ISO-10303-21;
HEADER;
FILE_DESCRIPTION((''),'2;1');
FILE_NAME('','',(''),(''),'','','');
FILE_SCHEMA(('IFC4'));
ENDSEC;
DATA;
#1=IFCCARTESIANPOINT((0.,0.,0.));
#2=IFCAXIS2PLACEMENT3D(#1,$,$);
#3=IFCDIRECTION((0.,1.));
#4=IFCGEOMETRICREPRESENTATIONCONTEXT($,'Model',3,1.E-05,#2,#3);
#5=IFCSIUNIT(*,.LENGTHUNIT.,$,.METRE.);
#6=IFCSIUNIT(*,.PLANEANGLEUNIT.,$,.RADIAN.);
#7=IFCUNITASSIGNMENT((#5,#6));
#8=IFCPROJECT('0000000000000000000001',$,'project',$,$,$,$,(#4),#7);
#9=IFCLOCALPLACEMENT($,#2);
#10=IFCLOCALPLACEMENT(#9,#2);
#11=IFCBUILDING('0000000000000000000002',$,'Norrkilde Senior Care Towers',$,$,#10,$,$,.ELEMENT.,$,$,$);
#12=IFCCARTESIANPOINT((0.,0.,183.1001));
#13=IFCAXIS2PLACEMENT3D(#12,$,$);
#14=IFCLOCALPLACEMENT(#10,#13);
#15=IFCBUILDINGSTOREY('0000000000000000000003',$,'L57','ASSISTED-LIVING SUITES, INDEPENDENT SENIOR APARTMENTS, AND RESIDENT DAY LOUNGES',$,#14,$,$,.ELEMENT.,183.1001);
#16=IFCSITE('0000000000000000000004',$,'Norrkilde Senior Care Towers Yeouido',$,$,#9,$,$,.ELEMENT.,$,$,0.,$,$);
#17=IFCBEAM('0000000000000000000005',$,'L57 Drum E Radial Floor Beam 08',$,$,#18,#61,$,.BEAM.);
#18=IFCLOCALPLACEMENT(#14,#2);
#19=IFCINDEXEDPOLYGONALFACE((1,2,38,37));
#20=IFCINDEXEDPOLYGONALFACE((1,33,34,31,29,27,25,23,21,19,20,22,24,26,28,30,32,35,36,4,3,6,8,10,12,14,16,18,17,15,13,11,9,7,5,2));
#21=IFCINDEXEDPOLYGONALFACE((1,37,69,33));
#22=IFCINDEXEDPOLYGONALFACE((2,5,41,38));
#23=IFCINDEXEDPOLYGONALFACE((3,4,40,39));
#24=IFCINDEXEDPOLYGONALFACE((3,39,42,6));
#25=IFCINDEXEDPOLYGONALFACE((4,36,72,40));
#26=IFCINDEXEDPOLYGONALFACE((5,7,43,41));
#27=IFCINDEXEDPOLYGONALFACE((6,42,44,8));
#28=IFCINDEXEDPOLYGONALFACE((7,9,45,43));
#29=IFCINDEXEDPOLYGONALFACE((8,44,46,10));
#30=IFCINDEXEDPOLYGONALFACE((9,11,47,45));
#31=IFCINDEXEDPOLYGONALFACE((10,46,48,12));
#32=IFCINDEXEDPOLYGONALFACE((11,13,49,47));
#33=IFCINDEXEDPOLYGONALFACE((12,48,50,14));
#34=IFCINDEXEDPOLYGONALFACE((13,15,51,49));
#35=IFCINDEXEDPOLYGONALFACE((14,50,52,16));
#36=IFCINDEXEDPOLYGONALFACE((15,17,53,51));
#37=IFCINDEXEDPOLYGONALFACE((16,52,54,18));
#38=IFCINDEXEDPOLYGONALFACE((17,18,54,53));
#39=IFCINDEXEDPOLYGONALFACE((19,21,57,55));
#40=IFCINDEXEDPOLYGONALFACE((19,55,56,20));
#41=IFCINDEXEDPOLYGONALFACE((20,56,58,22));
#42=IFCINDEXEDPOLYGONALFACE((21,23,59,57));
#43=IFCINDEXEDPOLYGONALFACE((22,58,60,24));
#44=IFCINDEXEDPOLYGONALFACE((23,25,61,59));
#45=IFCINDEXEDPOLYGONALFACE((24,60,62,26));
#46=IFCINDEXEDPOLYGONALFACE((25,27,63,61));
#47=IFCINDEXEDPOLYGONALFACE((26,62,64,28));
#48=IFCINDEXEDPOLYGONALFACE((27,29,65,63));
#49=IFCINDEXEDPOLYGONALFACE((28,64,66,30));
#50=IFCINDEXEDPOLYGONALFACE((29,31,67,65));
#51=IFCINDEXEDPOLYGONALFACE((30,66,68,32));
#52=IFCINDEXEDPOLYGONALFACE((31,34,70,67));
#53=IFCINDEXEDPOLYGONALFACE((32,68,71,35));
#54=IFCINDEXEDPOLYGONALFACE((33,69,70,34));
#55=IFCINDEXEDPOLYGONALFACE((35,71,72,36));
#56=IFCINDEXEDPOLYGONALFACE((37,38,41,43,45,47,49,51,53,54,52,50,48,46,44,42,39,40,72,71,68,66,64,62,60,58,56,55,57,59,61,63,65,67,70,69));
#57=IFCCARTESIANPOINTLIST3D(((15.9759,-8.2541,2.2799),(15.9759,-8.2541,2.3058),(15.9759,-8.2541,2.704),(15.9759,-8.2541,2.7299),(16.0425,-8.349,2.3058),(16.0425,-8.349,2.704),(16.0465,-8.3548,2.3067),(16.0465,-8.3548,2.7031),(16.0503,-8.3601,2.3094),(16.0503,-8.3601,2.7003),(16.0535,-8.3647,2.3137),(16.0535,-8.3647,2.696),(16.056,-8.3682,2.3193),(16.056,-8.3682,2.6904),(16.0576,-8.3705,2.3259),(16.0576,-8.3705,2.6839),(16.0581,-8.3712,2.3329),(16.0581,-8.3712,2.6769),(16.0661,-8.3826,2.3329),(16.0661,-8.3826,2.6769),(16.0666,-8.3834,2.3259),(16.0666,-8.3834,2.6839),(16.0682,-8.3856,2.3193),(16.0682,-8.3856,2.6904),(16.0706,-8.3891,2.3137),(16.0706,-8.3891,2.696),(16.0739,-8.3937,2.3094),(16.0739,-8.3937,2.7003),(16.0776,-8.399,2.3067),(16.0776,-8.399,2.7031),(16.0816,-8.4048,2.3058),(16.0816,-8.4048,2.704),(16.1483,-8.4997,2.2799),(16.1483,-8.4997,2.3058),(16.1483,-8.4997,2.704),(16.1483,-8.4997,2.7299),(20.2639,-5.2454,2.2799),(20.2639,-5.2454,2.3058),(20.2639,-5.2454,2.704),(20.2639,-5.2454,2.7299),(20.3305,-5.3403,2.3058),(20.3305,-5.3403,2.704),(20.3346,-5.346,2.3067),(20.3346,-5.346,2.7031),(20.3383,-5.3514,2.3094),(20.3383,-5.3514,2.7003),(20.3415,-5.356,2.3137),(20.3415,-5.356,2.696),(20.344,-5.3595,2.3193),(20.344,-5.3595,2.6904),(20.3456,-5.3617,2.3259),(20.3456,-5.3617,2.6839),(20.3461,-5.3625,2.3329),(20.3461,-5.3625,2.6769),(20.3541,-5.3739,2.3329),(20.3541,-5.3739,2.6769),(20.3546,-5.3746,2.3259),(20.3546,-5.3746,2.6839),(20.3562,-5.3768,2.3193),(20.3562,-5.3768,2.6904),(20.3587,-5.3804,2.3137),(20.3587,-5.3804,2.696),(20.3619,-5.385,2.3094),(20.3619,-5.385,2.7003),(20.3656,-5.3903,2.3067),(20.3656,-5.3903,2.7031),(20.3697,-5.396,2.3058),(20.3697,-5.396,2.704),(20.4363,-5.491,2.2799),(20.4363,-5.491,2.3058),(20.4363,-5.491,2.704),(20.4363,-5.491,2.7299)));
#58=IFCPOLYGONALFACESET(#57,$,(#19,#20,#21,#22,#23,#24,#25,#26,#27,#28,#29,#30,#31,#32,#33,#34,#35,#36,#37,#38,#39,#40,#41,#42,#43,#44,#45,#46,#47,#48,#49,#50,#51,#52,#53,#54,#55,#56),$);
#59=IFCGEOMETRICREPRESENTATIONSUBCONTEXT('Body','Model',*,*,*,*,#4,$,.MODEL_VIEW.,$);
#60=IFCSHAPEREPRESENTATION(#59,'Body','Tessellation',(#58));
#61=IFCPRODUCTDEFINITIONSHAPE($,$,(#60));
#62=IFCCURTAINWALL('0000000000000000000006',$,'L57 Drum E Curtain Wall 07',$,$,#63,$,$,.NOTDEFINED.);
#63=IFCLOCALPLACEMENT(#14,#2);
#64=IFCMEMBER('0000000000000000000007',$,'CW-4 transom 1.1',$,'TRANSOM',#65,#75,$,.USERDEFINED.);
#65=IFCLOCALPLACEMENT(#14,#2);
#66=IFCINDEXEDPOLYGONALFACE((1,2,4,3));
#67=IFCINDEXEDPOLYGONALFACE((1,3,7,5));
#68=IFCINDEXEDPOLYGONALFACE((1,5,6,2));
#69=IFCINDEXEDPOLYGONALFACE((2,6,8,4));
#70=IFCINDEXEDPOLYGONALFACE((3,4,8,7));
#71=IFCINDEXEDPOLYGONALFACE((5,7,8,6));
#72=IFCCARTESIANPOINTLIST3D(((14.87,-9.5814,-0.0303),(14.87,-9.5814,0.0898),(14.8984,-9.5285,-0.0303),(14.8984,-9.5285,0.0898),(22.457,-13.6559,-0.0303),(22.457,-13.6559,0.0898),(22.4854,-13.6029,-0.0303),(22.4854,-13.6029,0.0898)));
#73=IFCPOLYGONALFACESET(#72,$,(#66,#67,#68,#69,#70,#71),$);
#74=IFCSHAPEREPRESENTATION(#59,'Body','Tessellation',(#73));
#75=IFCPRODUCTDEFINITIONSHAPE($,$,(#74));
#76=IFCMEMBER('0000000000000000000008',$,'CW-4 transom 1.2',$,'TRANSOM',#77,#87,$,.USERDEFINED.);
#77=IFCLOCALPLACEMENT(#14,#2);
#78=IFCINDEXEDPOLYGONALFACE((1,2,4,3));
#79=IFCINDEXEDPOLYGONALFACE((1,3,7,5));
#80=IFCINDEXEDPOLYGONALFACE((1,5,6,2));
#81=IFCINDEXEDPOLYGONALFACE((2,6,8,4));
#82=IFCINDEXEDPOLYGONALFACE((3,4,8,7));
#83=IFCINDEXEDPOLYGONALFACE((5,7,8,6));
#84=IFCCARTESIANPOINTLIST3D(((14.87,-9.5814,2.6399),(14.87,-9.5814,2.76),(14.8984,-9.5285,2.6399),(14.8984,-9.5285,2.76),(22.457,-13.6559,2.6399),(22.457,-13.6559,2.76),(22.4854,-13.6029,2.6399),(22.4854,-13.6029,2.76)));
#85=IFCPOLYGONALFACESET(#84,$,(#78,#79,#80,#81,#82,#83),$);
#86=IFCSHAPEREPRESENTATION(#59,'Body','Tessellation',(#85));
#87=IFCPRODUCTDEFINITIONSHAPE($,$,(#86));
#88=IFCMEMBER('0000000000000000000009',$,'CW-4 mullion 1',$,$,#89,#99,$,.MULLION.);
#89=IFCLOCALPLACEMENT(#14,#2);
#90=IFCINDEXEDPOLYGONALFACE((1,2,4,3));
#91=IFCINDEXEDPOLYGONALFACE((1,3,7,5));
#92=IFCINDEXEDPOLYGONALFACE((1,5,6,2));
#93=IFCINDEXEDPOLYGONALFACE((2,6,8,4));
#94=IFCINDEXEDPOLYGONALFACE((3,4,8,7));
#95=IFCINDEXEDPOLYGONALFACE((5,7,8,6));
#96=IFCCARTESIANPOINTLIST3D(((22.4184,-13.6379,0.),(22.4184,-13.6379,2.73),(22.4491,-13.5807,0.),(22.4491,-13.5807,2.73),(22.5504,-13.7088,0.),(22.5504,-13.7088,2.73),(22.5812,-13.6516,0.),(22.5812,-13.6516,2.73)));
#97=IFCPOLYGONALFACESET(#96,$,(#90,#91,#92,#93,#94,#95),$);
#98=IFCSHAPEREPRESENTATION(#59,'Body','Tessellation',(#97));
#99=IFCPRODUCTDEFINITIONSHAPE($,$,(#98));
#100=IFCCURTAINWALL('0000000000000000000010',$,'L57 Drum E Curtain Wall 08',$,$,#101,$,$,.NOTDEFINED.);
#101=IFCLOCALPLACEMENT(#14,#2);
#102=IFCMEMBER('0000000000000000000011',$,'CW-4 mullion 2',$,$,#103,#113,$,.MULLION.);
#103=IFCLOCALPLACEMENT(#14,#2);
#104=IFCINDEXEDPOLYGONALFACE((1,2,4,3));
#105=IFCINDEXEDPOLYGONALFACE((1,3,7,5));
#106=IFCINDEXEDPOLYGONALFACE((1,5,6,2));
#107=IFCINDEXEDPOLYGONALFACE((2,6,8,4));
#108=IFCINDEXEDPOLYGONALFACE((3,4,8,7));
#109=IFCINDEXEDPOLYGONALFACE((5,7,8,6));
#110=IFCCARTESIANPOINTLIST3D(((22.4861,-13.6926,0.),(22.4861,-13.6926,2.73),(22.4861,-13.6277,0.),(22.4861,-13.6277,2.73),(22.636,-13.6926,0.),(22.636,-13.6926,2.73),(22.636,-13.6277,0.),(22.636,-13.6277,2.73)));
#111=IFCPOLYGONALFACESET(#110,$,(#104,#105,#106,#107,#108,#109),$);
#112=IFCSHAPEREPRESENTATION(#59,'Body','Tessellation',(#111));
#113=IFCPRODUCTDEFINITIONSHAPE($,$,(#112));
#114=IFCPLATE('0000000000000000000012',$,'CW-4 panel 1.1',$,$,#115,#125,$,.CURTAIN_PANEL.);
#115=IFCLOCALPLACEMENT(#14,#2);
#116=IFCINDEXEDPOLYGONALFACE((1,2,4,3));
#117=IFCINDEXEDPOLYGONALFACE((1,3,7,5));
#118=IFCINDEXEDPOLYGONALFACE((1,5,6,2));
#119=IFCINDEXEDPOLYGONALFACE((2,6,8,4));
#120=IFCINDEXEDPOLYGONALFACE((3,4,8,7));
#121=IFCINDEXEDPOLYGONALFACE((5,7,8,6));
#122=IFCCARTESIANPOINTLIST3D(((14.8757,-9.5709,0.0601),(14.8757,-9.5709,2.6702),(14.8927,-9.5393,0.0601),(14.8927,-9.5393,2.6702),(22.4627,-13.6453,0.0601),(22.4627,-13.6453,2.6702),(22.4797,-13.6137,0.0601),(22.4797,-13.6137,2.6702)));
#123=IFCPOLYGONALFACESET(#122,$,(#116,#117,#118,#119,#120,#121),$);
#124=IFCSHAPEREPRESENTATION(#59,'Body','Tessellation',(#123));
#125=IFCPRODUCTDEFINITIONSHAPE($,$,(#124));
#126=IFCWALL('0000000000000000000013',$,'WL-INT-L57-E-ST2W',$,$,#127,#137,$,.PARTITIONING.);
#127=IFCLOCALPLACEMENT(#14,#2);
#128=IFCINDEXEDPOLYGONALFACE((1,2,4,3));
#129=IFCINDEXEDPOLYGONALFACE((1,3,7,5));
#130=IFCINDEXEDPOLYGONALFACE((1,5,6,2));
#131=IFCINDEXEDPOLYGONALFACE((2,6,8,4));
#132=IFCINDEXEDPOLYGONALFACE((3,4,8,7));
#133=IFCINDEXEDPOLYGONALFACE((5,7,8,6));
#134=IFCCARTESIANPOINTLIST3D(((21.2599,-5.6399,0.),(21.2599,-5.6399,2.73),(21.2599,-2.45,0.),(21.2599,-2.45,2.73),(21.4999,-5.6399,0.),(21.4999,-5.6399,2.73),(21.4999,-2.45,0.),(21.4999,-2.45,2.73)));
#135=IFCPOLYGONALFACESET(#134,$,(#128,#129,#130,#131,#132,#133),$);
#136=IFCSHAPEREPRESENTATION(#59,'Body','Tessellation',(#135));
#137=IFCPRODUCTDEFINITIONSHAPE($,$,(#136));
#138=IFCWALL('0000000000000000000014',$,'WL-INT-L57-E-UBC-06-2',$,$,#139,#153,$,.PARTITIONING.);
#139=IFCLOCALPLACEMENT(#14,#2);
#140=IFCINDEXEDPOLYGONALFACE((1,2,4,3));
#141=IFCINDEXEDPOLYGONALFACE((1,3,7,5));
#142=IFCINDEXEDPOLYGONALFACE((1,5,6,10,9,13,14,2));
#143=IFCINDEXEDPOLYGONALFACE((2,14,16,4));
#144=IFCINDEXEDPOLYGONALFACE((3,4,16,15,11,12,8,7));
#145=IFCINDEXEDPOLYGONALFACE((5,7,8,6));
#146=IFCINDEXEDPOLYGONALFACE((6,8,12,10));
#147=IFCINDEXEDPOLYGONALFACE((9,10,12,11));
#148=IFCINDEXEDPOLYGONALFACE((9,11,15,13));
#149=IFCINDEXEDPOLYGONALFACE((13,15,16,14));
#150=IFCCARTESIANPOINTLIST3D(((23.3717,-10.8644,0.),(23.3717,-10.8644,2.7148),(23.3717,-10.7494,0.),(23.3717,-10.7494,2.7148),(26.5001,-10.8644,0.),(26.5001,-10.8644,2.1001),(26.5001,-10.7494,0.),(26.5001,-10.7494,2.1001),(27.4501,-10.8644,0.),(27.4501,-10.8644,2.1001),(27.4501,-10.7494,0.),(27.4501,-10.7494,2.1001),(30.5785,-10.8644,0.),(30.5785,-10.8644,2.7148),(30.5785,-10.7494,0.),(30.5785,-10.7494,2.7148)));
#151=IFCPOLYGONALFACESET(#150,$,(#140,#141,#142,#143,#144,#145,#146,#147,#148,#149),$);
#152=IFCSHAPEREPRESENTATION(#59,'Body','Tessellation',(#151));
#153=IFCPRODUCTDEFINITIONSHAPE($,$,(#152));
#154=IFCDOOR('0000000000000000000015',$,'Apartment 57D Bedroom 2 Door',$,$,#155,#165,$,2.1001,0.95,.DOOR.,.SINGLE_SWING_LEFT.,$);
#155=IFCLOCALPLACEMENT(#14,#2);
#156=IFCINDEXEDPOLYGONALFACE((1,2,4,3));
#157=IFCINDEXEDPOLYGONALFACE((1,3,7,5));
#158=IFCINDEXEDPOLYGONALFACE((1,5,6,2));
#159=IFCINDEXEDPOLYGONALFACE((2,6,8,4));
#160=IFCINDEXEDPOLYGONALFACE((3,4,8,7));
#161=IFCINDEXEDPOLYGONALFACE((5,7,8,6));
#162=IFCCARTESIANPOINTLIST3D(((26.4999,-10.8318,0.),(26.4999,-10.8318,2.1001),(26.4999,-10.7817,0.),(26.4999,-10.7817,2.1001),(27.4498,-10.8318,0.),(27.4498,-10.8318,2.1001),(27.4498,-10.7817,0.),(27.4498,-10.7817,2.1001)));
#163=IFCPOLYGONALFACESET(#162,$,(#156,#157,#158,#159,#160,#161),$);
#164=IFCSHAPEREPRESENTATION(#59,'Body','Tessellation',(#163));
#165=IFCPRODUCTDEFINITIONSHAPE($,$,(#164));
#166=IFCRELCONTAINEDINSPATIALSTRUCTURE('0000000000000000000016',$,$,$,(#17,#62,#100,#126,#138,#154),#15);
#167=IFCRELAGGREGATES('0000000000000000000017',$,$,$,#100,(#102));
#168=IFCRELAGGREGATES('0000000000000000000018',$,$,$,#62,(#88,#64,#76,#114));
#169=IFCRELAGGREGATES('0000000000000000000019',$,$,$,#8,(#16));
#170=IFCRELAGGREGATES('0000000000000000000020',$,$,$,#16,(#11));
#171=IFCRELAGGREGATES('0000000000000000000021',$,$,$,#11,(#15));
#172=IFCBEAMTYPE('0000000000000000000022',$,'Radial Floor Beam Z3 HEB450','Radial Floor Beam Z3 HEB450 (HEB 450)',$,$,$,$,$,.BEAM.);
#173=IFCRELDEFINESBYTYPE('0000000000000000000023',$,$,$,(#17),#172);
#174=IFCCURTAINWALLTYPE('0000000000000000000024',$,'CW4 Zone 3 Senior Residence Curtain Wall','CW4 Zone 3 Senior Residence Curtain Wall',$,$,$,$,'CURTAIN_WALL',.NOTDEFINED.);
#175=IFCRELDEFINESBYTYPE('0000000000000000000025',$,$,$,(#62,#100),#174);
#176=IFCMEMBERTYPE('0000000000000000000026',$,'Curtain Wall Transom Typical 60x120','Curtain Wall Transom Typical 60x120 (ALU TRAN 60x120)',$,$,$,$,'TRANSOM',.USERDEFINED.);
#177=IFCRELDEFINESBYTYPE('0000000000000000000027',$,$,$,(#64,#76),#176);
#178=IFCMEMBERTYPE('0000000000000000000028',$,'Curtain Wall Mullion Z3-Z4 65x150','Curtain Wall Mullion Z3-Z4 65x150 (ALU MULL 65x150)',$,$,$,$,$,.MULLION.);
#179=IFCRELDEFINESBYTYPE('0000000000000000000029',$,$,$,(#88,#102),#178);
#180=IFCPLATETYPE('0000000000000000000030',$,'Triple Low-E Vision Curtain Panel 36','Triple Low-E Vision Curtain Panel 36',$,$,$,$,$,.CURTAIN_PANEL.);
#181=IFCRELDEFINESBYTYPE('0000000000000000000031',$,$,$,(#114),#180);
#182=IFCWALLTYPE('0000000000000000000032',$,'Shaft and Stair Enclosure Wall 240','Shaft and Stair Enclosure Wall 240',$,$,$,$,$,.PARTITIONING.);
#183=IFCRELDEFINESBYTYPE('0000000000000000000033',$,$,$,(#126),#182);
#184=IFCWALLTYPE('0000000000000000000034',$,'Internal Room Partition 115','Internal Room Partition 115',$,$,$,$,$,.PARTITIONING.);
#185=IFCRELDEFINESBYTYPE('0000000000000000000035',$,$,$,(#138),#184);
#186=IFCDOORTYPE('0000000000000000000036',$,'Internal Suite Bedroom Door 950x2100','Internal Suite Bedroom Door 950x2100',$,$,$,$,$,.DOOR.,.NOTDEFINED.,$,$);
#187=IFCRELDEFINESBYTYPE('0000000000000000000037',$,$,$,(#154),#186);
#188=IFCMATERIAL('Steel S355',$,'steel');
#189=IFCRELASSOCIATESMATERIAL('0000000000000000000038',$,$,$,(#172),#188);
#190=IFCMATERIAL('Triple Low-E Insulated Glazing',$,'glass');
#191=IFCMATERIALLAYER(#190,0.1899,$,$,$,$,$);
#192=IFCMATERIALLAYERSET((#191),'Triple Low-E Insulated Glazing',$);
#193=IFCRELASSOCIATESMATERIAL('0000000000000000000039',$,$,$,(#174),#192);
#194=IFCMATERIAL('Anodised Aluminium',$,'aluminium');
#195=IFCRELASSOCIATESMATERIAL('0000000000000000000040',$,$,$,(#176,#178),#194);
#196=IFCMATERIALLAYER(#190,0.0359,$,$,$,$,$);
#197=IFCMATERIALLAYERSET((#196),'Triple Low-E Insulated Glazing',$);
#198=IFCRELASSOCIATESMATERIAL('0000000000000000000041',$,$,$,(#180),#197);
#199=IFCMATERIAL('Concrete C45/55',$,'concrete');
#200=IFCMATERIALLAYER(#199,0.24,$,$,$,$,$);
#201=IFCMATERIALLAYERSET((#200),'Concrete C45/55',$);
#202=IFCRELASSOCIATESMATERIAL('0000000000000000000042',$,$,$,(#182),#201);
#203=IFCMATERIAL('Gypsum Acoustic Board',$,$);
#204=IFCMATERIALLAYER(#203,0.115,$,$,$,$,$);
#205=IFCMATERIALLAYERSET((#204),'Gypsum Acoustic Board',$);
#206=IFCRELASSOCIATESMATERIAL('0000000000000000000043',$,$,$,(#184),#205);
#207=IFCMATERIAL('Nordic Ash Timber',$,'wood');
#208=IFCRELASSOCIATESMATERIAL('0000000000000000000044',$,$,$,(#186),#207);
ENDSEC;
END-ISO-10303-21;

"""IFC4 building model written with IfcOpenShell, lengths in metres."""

from ifc_helpers import new_model, si_unit, direction, frame, frame_2d, origin, origin_2d, place, context, subcontext, project, spatial, rectangle, i_section, extrude, source, transform, mapped, material, layer, layer_set, material_profile, profile_set, type_object, type_shapes, element, fill, aggregate, save


model = new_model("IFC4")

# Units and contexts
model_context = context("Model", 3, precision=1e-05, world=origin(), true_north=direction((0.0, 1.0)))
body_context = subcontext(model_context, "Body", "Model", "MODEL_VIEW")
ifc_project = project(units=[si_unit("LENGTHUNIT", "METRE"), si_unit("PLANEANGLEUNIT", "RADIAN")], contexts=[model_context])

# Site, building, storey
site_placement = place(None, origin())
site = spatial("IfcSite", under=ifc_project, at=site_placement, Name="Norrkilde Senior Care Towers Yeouido", CompositionType="ELEMENT", RefElevation=0.0)
building_placement = place(site_placement, origin())
building = spatial("IfcBuilding", under=site, at=building_placement, Name="Norrkilde Senior Care Towers", CompositionType="ELEMENT")
storey_placement = place(building_placement, frame((0.0, 0.0, 183.1001)))
storey = spatial("IfcBuildingStorey", under=building, at=storey_placement, Name="L57", Description="ASSISTED-LIVING SUITES, INDEPENDENT SENIOR APARTMENTS, AND RESIDENT DAY LOUNGES", CompositionType="ELEMENT", Elevation=183.1001)

# Beam
ifc_material_1 = material(Name="Steel S355", Category="steel")
ifc_material_profile_1 = material_profile(ifc_material_1, i_section(OverallWidth=0.3, OverallDepth=0.45, WebThickness=0.0139, FlangeThickness=0.0259, FilletRadius=0.0271, at=origin_2d()), Name="HEB 450")
ifc_profile_set_1 = profile_set([ifc_material_profile_1], Name="Steel S355")
beam_type_1 = type_object("IfcBeamType", Name="Radial Floor Beam Z3 HEB450", Description="Radial Floor Beam Z3 HEB450 (HEB 450)", PredefinedType="BEAM", material=ifc_profile_set_1)
shared_shape_1 = source(origin(), body_context, "Body", "SweptSolid", [
    extrude(i_section(OverallWidth=0.3, OverallDepth=0.45, WebThickness=0.0139, FlangeThickness=0.0259, FilletRadius=0.0271, at=origin_2d()), origin(), (0.0, 0.0, 1.0), 5.2383),
])
type_shapes(beam_type_1, [shared_shape_1])
beam_1_placement = place(storey_placement, frame((20.3501, -5.3682, 2.5049), z_axis=(-0.818592, -0.574375, 0.0), x_axis=(0.574375, -0.818592, 0.0)))
element("IfcBeam", 1, at=beam_1_placement, inside=storey, type_object=beam_type_1, Name="L57 Drum E Radial Floor Beam 08", PredefinedType="BEAM", context=body_context, shape_type="MappedRepresentation", body=[
    mapped(shared_shape_1, transform((0.0, 0.0, 0.0), x_axis=(1.0, 0.0, 0.0), y_axis=(0.0, 1.0, 0.0), z_axis=(0.0, 0.0, 1.0), scale=1.0)),
])

# Curtain wall, members
ifc_material_2 = material(Name="Triple Low-E Insulated Glazing", Category="glass")
ifc_layer_1 = layer(ifc_material_2, 0.1899)
ifc_layer_set_1 = layer_set([ifc_layer_1], Name="Triple Low-E Insulated Glazing")
curtain_wall_type = type_object("IfcCurtainWallType", Name="CW4 Zone 3 Senior Residence Curtain Wall", Description="CW4 Zone 3 Senior Residence Curtain Wall", ElementType="CURTAIN_WALL", PredefinedType="NOTDEFINED", material=ifc_layer_set_1)
curtain_wall_1_placement = place(storey_placement, origin())
curtain_wall_1 = element("IfcCurtainWall", 2, at=curtain_wall_1_placement, inside=storey, type_object=curtain_wall_type, Name="L57 Drum E Curtain Wall 07", PredefinedType="NOTDEFINED")
ifc_material_3 = material(Name="Anodised Aluminium", Category="aluminium")
ifc_material_profile_2 = material_profile(ifc_material_3, rectangle(XDim=0.0601, YDim=0.1201, at=origin_2d()), Name="ALU TRAN 60x120")
ifc_profile_set_2 = profile_set([ifc_material_profile_2], Name="Anodised Aluminium")
member_type_1 = type_object("IfcMemberType", Name="Curtain Wall Transom Typical 60x120", Description="Curtain Wall Transom Typical 60x120 (ALU TRAN 60x120)", ElementType="TRANSOM", PredefinedType="USERDEFINED", material=ifc_profile_set_2)
shared_shape_2 = source(origin(), body_context, "Body", "SweptSolid", [
    extrude(rectangle(XDim=0.0601, YDim=0.1201, at=origin_2d()), origin(), (0.0, 0.0, 1.0), 8.6118),
])
type_shapes(member_type_1, [shared_shape_2])
member_1_placement = place(storey_placement, frame((22.4712, -13.6294, 0.0298), z_axis=(-0.880994, 0.473127, 0.0), x_axis=(-0.473127, -0.880994, 0.0)))
member_1 = element("IfcMember", 3, at=member_1_placement, type_object=member_type_1, Name="CW-4 transom 1.1", ObjectType="TRANSOM", PredefinedType="USERDEFINED", context=body_context, shape_type="MappedRepresentation", body=[
    mapped(shared_shape_2, transform((0.0, 0.0, 0.0), x_axis=(1.0, 0.0, 0.0), y_axis=(0.0, 1.0, 0.0), z_axis=(0.0, 0.0, 1.0), scale=1.0)),
])
member_2_placement = place(storey_placement, frame((22.4712, -13.6294, 2.7), z_axis=(-0.880994, 0.473127, 0.0), x_axis=(-0.473127, -0.880994, 0.0)))
member_2 = element("IfcMember", 4, at=member_2_placement, type_object=member_type_1, Name="CW-4 transom 1.2", ObjectType="TRANSOM", PredefinedType="USERDEFINED", context=body_context, shape_type="MappedRepresentation", body=[
    mapped(shared_shape_2, transform((0.0, 0.0, 0.0), x_axis=(1.0, 0.0, 0.0), y_axis=(0.0, 1.0, 0.0), z_axis=(0.0, 0.0, 1.0), scale=1.0)),
])
ifc_material_profile_3 = material_profile(ifc_material_3, rectangle(XDim=0.0649, YDim=0.1499, at=origin_2d()), Name="ALU MULL 65x150")
ifc_profile_set_3 = profile_set([ifc_material_profile_3], Name="Anodised Aluminium")
member_type_2 = type_object("IfcMemberType", Name="Curtain Wall Mullion Z3-Z4 65x150", Description="Curtain Wall Mullion Z3-Z4 65x150 (ALU MULL 65x150)", PredefinedType="MULLION", material=ifc_profile_set_3)
shared_shape_3 = source(origin(), body_context, "Body", "SweptSolid", [
    extrude(rectangle(XDim=0.0649, YDim=0.1499, at=origin_2d()), origin(), (0.0, 0.0, 1.0), 2.73),
])
type_shapes(member_type_2, [shared_shape_3])
member_3_placement = place(storey_placement, frame((22.4998, -13.6448, 0.0), z_axis=(0.0, 0.0, 1.0), x_axis=(-0.473117, -0.881, 0.0)))
member_3 = element("IfcMember", 5, at=member_3_placement, type_object=member_type_2, Name="CW-4 mullion 1", PredefinedType="MULLION", context=body_context, shape_type="MappedRepresentation", body=[
    mapped(shared_shape_3, transform((0.0, 0.0, 0.0), x_axis=(1.0, 0.0, 0.0), y_axis=(0.0, 1.0, 0.0), z_axis=(0.0, 0.0, 1.0), scale=1.0)),
])

# Curtain wall, member
curtain_wall_2_placement = place(storey_placement, origin())
curtain_wall_2 = element("IfcCurtainWall", 6, at=curtain_wall_2_placement, inside=storey, type_object=curtain_wall_type, Name="L57 Drum E Curtain Wall 08", PredefinedType="NOTDEFINED")
member_4_placement = place(storey_placement, frame((22.561, -13.6602, 0.0), z_axis=(0.0, 0.0, 1.0), x_axis=(0.0, -1.0, 0.0)))
member_4 = element("IfcMember", 7, at=member_4_placement, type_object=member_type_2, Name="CW-4 mullion 2", PredefinedType="MULLION", context=body_context, shape_type="MappedRepresentation", body=[
    mapped(shared_shape_3, transform((0.0, 0.0, 0.0), x_axis=(1.0, 0.0, 0.0), y_axis=(0.0, 1.0, 0.0), z_axis=(0.0, 0.0, 1.0), scale=1.0)),
])
aggregate(curtain_wall_2, [member_4])

# Plate
ifc_layer_2 = layer(ifc_material_2, 0.0359)
ifc_layer_set_2 = layer_set([ifc_layer_2], Name="Triple Low-E Insulated Glazing")
plate_type = type_object("IfcPlateType", Name="Triple Low-E Vision Curtain Panel 36", Description="Triple Low-E Vision Curtain Panel 36", PredefinedType="CURTAIN_PANEL", material=ifc_layer_set_2)
shared_shape_4 = source(origin(), body_context, "Body", "SweptSolid", [
    extrude(rectangle(XDim=8.6118, YDim=0.0359, at=origin_2d()), origin(), (0.0, 0.0, 1.0), 2.6101),
])
type_shapes(plate_type, [shared_shape_4])
plate_placement = place(storey_placement, frame((18.6777, -11.5923, 0.0601), z_axis=(0.0, 0.0, 1.0), x_axis=(-0.881, 0.473117, 0.0)))
plate = element("IfcPlate", 8, at=plate_placement, type_object=plate_type, Name="CW-4 panel 1.1", PredefinedType="CURTAIN_PANEL", context=body_context, shape_type="MappedRepresentation", body=[
    mapped(shared_shape_4, transform((0.0, 0.0, 0.0), x_axis=(1.0, 0.0, 0.0), y_axis=(0.0, 1.0, 0.0), z_axis=(0.0, 0.0, 1.0), scale=1.0)),
])
aggregate(curtain_wall_1, [member_3, member_1, member_2, plate])

# Shared definitions
ifc_material_4 = material(Name="Concrete C45/55", Category="concrete")
ifc_layer_3 = layer(ifc_material_4, 0.24)
ifc_layer_set_3 = layer_set([ifc_layer_3], Name="Concrete C45/55")
wall_type_1 = type_object("IfcWallType", Name="Shaft and Stair Enclosure Wall 240", Description="Shaft and Stair Enclosure Wall 240", PredefinedType="PARTITIONING", material=ifc_layer_set_3)

# Wall
shared_shape_5 = source(origin(), body_context, "Body", "SweptSolid", [
    extrude(rectangle(XDim=3.1899, YDim=0.24, at=frame_2d((1.595, 0.0))), origin(), (0.0, 0.0, 1.0), 2.73),
])
wall_1_placement = place(storey_placement, frame((21.3799, -5.6399, 0.0), z_axis=(0.0, 0.0, 1.0), x_axis=(0.0, 1.0, 0.0)))
element("IfcWall", 9, at=wall_1_placement, inside=storey, type_object=wall_type_1, Name="WL-INT-L57-E-ST2W", PredefinedType="PARTITIONING", context=body_context, shape_type="MappedRepresentation", body=[
    mapped(shared_shape_5, transform((0.0, 0.0, 0.0), x_axis=(1.0, 0.0, 0.0), y_axis=(0.0, 1.0, 0.0), z_axis=(0.0, 0.0, 1.0), scale=1.0)),
])

# Wall, opening, door
ifc_material_5 = material(Name="Gypsum Acoustic Board")
ifc_layer_4 = layer(ifc_material_5, 0.115)
ifc_layer_set_4 = layer_set([ifc_layer_4], Name="Gypsum Acoustic Board")
wall_type_2 = type_object("IfcWallType", Name="Internal Room Partition 115", Description="Internal Room Partition 115", PredefinedType="PARTITIONING", material=ifc_layer_set_4)
shared_shape_6 = source(origin(), body_context, "Body", "SweptSolid", [
    extrude(rectangle(XDim=7.2068, YDim=0.115, at=frame_2d((3.6035, 0.0))), origin(), (0.0, 0.0, 1.0), 2.7148),
])
wall_2_placement = place(storey_placement, frame((23.3716, -10.8069, 0.0), z_axis=(0.0, 0.0, 1.0), x_axis=(1.0, 0.0, 0.0)))
wall_2 = element("IfcWall", 10, at=wall_2_placement, inside=storey, type_object=wall_type_2, Name="WL-INT-L57-E-UBC-06-2", PredefinedType="PARTITIONING", context=body_context, shape_type="MappedRepresentation", body=[
    mapped(shared_shape_6, transform((0.0, 0.0, 0.0), x_axis=(1.0, 0.0, 0.0), y_axis=(0.0, 1.0, 0.0), z_axis=(0.0, 0.0, 1.0), scale=1.0)),
])
opening_1_placement = place(wall_2_placement, frame((3.1284, 0.0, 0.0)))
opening_1 = element("IfcOpeningElement", 11, at=opening_1_placement, cuts=wall_2, PredefinedType="OPENING", context=body_context, shape_type="SweptSolid", body=[
    extrude(rectangle(XDim=0.95, YDim=2.1001, at=frame_2d((0.4751, 1.05))), frame((0.0, 0.0674, 0.0), z_axis=(0.0, -1.0, 0.0), x_axis=(1.0, 0.0, 0.0)), (0.0, 0.0, 1.0), 0.135),
])
ifc_material_6 = material(Name="Nordic Ash Timber", Category="wood")
door_type_1 = type_object("IfcDoorType", Name="Internal Suite Bedroom Door 950x2100", Description="Internal Suite Bedroom Door 950x2100", OperationType="NOTDEFINED", PredefinedType="DOOR", material=ifc_material_6)
shared_shape_7 = source(origin(), body_context, "Body", "SweptSolid", [
    extrude(rectangle(XDim=0.95, YDim=2.1001, at=frame_2d((0.4751, 1.05))), frame((0.0, 0.0249, 0.0), z_axis=(0.0, -1.0, 0.0), x_axis=(1.0, 0.0, 0.0)), (0.0, 0.0, 1.0), 0.05),
])
type_shapes(door_type_1, [shared_shape_7])
door_1_placement = place(opening_1_placement, frame((0.95, 0.0, 0.0), z_axis=(0.0, 0.0, 1.0), x_axis=(-1.0, 0.0, 0.0)))
door_1 = element("IfcDoor", 12, at=door_1_placement, inside=storey, type_object=door_type_1, Name="Apartment 57D Bedroom 2 Door", OperationType="SINGLE_SWING_LEFT", OverallHeight=2.1001, OverallWidth=0.95, PredefinedType="DOOR", context=body_context, shape_type="MappedRepresentation", body=[
    mapped(shared_shape_7, transform((0.0, 0.0, 0.0), x_axis=(1.0, 0.0, 0.0), y_axis=(0.0, 1.0, 0.0), z_axis=(0.0, 0.0, 1.0), scale=1.0)),
])
fill(opening_1, door_1)

save(model, "model.ifc")
